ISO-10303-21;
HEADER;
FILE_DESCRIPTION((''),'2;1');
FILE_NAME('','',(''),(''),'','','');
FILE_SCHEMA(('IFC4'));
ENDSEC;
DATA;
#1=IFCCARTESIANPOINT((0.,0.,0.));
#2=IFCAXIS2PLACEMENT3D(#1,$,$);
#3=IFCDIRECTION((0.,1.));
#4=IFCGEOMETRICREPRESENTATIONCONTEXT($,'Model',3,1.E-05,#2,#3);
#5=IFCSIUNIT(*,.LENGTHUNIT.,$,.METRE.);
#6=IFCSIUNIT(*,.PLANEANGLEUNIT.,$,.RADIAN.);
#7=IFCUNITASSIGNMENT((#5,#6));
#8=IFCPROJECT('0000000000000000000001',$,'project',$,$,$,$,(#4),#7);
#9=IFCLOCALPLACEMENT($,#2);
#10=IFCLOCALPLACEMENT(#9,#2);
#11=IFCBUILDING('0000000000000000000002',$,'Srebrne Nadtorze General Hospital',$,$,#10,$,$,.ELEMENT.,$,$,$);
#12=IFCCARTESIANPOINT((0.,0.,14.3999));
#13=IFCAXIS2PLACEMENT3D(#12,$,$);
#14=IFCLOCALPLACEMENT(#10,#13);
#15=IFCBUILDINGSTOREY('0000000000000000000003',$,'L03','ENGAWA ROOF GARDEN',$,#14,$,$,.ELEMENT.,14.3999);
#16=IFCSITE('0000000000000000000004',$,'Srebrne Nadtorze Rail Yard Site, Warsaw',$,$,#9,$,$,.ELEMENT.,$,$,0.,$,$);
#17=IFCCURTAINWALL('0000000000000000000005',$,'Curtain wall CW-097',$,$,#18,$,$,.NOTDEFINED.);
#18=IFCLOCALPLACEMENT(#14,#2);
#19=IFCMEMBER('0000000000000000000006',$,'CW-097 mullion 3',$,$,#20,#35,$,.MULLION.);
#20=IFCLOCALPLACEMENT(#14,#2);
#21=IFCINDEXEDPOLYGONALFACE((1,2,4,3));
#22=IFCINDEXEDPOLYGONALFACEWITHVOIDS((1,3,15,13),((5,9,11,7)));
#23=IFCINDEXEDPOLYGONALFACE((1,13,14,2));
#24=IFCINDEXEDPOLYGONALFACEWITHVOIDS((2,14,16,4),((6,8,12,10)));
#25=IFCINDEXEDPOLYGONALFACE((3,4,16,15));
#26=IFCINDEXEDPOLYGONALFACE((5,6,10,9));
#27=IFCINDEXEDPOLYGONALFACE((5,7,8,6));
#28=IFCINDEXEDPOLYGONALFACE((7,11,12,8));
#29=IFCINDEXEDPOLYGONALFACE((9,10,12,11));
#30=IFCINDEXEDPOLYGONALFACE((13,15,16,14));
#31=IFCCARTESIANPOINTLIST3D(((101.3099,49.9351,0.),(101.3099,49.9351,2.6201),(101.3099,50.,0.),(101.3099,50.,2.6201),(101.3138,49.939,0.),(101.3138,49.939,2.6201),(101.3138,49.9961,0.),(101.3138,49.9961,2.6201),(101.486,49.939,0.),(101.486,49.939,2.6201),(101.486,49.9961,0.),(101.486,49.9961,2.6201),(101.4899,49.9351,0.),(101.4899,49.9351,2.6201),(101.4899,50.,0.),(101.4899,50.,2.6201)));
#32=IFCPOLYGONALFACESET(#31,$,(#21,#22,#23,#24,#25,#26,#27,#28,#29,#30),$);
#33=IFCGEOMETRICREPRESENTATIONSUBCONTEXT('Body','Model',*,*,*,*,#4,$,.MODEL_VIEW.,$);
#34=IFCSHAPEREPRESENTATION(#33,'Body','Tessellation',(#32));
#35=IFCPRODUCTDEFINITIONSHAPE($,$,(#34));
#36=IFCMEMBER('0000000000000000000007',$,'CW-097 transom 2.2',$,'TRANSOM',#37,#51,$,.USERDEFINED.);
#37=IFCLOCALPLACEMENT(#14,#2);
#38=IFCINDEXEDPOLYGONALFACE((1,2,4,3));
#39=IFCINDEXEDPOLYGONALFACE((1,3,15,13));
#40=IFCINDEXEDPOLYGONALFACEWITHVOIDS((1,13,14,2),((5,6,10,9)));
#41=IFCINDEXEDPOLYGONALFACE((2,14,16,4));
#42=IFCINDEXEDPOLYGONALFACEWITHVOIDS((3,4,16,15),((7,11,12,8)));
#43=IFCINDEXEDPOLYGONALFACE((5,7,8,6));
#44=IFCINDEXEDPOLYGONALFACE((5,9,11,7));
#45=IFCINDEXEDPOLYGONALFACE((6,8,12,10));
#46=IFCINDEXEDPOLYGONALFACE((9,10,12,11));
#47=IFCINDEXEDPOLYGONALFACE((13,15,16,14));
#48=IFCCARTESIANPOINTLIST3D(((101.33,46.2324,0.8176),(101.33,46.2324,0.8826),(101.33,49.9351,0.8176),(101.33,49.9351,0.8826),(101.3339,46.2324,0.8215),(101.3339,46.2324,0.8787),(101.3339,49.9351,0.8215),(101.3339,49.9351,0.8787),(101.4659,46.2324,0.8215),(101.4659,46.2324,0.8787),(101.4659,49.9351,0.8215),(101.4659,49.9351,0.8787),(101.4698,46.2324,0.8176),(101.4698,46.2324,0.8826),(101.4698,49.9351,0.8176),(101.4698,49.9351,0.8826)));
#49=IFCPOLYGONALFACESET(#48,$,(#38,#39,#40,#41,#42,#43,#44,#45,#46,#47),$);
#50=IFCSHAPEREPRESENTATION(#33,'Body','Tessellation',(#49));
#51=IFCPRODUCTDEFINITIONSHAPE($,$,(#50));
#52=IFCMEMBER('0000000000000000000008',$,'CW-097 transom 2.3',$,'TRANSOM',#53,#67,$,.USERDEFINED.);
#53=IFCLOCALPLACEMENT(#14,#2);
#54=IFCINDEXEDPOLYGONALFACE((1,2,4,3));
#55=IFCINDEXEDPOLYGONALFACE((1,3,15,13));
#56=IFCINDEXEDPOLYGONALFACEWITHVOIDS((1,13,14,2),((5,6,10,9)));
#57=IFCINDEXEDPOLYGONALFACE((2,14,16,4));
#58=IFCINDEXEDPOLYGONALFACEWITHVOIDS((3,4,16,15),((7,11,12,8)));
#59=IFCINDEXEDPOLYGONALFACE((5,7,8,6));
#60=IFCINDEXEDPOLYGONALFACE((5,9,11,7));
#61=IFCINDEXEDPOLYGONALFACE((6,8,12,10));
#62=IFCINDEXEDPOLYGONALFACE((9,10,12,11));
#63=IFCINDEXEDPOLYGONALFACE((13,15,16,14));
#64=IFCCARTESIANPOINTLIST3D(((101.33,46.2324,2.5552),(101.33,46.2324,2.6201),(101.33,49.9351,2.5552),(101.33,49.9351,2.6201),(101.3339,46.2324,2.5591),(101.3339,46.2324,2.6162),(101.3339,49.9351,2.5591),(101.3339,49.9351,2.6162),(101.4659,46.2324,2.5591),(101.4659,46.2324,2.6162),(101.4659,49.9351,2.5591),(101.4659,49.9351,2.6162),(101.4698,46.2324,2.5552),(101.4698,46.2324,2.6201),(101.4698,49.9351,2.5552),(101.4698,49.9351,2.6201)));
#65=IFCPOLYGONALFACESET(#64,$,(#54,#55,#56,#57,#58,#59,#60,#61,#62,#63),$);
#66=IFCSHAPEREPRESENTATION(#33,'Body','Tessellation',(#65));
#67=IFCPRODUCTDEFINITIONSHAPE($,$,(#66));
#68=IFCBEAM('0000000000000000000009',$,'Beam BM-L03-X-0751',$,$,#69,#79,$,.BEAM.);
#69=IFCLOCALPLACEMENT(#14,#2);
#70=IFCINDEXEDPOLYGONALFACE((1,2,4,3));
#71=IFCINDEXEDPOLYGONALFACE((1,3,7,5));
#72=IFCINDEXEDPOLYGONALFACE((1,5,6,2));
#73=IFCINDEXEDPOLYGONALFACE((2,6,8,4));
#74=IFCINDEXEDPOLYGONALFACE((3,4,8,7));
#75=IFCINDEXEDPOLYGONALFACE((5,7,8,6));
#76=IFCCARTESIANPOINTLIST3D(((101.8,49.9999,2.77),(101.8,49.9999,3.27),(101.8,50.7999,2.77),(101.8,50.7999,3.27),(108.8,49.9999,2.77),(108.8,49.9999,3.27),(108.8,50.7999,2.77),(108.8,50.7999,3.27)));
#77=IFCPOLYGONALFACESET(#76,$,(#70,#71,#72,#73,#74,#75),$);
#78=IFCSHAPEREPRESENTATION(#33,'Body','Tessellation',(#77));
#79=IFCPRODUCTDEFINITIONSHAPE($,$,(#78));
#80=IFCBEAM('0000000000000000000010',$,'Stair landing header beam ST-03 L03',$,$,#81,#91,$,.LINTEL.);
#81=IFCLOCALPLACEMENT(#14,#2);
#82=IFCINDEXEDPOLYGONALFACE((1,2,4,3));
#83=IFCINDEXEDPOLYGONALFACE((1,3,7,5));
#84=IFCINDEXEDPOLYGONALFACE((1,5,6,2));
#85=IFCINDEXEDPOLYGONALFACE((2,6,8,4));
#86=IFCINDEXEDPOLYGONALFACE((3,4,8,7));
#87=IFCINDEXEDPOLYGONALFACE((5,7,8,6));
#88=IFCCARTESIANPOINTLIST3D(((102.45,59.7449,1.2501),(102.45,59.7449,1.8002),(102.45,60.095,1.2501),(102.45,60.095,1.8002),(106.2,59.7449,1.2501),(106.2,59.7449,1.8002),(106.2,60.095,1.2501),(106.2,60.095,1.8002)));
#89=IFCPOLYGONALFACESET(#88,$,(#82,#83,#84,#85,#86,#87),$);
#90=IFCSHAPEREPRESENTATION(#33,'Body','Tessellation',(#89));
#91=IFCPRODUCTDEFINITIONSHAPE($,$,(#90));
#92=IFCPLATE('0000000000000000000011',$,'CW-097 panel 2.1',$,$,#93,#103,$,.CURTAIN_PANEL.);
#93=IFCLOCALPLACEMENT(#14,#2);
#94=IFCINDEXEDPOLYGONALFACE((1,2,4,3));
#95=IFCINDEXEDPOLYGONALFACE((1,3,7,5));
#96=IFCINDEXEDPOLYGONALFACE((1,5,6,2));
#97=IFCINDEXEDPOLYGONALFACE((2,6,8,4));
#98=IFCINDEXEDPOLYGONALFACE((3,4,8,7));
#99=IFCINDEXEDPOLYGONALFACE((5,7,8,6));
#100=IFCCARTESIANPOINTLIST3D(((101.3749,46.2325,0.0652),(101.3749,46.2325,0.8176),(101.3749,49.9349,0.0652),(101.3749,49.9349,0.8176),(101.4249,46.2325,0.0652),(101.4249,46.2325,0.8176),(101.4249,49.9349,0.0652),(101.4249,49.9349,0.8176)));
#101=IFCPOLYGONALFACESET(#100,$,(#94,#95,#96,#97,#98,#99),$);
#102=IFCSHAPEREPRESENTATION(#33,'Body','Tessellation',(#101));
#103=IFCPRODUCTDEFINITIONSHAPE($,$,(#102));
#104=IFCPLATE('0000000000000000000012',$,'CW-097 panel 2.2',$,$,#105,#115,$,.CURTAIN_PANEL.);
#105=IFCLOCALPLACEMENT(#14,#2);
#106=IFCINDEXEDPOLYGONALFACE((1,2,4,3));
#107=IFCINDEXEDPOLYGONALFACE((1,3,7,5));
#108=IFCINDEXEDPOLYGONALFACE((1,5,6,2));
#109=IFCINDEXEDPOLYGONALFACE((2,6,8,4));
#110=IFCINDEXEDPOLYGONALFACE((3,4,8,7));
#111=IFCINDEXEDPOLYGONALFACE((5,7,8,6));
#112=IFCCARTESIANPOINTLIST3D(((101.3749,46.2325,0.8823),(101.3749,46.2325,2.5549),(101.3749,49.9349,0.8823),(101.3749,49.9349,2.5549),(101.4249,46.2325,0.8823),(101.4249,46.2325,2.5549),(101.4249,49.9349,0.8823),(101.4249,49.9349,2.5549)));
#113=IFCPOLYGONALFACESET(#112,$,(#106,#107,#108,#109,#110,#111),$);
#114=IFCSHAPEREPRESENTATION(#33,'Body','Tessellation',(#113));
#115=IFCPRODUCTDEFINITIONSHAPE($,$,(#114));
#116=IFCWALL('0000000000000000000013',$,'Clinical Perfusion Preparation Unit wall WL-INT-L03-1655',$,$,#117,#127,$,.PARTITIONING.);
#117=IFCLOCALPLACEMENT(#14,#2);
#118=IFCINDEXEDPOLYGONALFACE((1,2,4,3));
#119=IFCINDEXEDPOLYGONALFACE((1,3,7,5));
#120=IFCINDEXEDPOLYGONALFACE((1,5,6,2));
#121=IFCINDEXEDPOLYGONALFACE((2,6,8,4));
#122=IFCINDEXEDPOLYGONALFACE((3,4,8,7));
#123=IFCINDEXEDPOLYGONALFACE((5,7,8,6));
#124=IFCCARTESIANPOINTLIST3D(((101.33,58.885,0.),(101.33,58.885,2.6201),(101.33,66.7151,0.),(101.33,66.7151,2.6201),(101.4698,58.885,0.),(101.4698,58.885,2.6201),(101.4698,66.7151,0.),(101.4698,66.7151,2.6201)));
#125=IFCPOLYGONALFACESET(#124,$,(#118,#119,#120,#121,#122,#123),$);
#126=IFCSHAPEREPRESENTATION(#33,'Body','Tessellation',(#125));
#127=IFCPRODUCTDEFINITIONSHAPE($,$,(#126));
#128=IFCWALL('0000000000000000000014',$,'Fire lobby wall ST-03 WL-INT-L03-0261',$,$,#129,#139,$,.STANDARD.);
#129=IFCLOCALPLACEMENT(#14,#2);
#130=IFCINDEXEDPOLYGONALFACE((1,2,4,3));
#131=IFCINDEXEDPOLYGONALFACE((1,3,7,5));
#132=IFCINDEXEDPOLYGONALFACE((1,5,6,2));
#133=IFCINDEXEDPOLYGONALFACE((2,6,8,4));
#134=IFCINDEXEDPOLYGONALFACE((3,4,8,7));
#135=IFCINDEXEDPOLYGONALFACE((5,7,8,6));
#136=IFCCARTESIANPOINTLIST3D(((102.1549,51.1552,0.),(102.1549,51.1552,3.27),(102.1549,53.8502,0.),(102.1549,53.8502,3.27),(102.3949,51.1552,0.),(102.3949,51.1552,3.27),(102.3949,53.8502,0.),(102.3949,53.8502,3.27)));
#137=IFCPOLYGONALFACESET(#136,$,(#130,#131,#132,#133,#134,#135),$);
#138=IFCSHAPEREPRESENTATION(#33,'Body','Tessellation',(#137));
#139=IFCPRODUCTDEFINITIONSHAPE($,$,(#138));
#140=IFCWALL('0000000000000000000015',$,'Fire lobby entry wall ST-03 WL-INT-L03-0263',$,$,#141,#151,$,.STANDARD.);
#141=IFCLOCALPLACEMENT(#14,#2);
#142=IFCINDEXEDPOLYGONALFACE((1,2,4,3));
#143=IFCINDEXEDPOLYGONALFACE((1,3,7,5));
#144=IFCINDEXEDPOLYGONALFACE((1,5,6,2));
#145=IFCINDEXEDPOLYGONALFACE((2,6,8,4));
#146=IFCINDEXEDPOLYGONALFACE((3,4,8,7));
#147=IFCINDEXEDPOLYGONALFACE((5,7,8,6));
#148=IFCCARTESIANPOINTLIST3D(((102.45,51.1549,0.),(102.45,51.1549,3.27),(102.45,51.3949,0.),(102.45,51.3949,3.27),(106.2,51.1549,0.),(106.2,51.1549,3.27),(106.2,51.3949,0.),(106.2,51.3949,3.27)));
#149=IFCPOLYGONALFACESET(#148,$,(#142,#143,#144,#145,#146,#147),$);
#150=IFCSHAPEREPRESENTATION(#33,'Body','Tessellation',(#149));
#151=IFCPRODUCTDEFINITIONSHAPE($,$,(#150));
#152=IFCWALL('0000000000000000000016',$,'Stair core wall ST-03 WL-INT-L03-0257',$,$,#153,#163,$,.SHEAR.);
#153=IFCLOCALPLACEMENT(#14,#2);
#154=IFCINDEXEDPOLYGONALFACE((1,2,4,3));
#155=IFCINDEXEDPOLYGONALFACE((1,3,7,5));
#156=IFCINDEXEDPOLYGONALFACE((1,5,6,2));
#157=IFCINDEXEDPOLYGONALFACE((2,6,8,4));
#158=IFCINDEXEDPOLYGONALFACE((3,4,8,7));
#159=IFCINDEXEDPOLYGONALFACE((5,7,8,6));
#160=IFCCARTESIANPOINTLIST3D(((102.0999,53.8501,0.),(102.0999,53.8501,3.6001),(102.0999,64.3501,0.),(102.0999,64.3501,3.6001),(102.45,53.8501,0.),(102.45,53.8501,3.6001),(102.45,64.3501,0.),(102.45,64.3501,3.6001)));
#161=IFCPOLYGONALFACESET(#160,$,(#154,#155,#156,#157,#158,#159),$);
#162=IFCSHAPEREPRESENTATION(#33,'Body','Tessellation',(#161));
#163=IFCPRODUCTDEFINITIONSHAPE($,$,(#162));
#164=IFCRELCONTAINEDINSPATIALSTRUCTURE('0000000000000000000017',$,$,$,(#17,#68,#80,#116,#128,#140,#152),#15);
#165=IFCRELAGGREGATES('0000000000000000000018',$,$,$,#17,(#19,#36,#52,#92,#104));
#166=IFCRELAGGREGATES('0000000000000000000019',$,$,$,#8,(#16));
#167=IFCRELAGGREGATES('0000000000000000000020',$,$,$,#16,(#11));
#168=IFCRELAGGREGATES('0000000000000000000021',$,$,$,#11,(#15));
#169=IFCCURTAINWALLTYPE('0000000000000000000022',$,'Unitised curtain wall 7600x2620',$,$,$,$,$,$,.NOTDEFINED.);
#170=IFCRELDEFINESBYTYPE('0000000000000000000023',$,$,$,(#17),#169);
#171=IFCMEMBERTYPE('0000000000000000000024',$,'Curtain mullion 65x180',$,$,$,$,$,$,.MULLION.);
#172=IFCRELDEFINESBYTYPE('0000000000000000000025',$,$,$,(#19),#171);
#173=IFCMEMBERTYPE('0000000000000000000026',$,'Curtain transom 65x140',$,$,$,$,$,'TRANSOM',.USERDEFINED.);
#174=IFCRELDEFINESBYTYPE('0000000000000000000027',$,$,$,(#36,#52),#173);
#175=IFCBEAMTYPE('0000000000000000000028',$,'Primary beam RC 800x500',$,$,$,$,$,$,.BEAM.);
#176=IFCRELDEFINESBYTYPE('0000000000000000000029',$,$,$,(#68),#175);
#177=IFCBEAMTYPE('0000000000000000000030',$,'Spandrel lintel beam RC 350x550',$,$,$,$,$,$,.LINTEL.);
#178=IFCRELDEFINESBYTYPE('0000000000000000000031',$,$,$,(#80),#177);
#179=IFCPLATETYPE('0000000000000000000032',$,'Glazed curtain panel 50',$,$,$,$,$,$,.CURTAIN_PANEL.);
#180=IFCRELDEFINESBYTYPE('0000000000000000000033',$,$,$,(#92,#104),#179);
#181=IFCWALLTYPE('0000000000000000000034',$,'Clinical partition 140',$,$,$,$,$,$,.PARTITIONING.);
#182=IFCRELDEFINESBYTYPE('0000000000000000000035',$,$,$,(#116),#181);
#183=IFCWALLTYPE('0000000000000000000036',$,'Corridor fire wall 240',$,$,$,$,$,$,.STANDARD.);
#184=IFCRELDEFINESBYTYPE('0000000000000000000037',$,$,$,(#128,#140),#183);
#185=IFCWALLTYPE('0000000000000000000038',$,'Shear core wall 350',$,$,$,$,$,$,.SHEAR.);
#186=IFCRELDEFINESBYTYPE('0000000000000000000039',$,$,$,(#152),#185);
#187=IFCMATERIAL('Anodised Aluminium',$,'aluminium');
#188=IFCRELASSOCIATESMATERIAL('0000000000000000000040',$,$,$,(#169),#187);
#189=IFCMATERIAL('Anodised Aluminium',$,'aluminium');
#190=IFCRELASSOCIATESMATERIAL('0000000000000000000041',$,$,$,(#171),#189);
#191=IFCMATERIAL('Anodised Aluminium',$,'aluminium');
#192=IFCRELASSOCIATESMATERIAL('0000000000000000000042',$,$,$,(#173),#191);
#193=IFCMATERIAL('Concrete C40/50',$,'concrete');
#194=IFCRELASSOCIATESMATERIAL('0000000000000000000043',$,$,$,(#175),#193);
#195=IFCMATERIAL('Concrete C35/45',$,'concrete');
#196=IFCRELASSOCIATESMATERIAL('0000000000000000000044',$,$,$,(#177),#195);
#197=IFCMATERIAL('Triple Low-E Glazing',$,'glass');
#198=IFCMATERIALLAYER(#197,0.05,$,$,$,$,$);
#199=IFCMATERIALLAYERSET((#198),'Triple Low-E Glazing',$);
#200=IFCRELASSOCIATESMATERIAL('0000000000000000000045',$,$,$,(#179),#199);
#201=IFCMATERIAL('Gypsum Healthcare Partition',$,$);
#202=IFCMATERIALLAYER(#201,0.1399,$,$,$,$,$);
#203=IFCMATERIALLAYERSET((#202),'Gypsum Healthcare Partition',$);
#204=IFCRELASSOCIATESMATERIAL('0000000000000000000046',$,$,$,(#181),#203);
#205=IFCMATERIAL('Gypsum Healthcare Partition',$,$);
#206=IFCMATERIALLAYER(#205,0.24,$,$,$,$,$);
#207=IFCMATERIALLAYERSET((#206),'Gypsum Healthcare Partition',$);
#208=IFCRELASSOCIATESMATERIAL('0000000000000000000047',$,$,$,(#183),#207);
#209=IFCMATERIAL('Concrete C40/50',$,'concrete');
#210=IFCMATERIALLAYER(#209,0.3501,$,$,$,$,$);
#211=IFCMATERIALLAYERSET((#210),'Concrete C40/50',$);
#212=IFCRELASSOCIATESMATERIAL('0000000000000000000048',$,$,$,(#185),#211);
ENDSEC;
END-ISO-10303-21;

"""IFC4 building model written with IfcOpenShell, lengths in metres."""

from ifc_helpers import new_model, si_unit, direction, frame, frame_2d, origin, origin_2d, place, context, subcontext, project, spatial, rectangle, hollow_rectangle, extrude, material, layer, layer_set, material_profile, profile_set, type_object, element, aggregate, save


model = new_model("IFC4")

# Units and contexts
model_context = context("Model", 3, precision=1e-05, world=origin(), true_north=direction((0.0, 1.0)))
body_context = subcontext(model_context, "Body", "Model", "MODEL_VIEW")
ifc_project = project(units=[si_unit("LENGTHUNIT", "METRE"), si_unit("PLANEANGLEUNIT", "RADIAN")], contexts=[model_context])

# Site, building, storey
site_placement = place(None, origin())
site = spatial("IfcSite", under=ifc_project, at=site_placement, Name="Srebrne Nadtorze Rail Yard Site, Warsaw", CompositionType="ELEMENT", RefElevation=0.0)
building_placement = place(site_placement, origin())
building = spatial("IfcBuilding", under=site, at=building_placement, Name="Srebrne Nadtorze General Hospital", CompositionType="ELEMENT")
storey_placement = place(building_placement, frame((0.0, 0.0, 14.3999)))
storey = spatial("IfcBuildingStorey", under=building, at=storey_placement, Name="L03", Description="ENGAWA ROOF GARDEN", CompositionType="ELEMENT", Elevation=14.3999)

# Curtain wall, members
ifc_material_1 = material(Name="Anodised Aluminium", Category="aluminium")
curtain_wall_type = type_object("IfcCurtainWallType", Name="Unitised curtain wall 7600x2620", PredefinedType="NOTDEFINED", material=ifc_material_1)
curtain_wall_placement = place(storey_placement, origin())
curtain_wall = element("IfcCurtainWall", 1, at=curtain_wall_placement, inside=storey, type_object=curtain_wall_type, Name="Curtain wall CW-097", PredefinedType="NOTDEFINED")
ifc_material_2 = material(Name="Anodised Aluminium", Category="aluminium")
ifc_material_profile_1 = material_profile(ifc_material_2, hollow_rectangle(XDim=0.0649, YDim=0.1799, WallThickness=0.0039, at=origin_2d()), Name="AL-MUL-65x180")
ifc_profile_set_1 = profile_set([ifc_material_profile_1], Name="Anodised Aluminium")
member_type_1 = type_object("IfcMemberType", Name="Curtain mullion 65x180", PredefinedType="MULLION", material=ifc_profile_set_1)
member_1_placement = place(storey_placement, frame((101.3999, 49.9675, 0.0), z_axis=(0.0, 0.0, 1.0), x_axis=(0.0, 1.0, 0.0)))
member_1 = element("IfcMember", 2, at=member_1_placement, type_object=member_type_1, Name="CW-097 mullion 3", PredefinedType="MULLION", context=body_context, shape_type="SweptSolid", body=[
    extrude(hollow_rectangle(XDim=0.0649, YDim=0.1799, WallThickness=0.0039, at=origin_2d()), origin(), (0.0, 0.0, 1.0), 2.6201),
])
ifc_material_3 = material(Name="Anodised Aluminium", Category="aluminium")
ifc_material_profile_2 = material_profile(ifc_material_3, hollow_rectangle(XDim=0.0649, YDim=0.1399, WallThickness=0.0039, at=origin_2d()), Name="AL-TRN-65x140")
ifc_profile_set_2 = profile_set([ifc_material_profile_2], Name="Anodised Aluminium")
member_type_2 = type_object("IfcMemberType", Name="Curtain transom 65x140", ElementType="TRANSOM", PredefinedType="USERDEFINED", material=ifc_profile_set_2)
member_2_placement = place(storey_placement, frame((101.3999, 46.2324, 0.8501), z_axis=(0.0, 1.0, 0.0), x_axis=(0.0, 0.0, 1.0)))
member_2 = element("IfcMember", 3, at=member_2_placement, type_object=member_type_2, Name="CW-097 transom 2.2", ObjectType="TRANSOM", PredefinedType="USERDEFINED", context=body_context, shape_type="SweptSolid", body=[
    extrude(hollow_rectangle(XDim=0.0649, YDim=0.1399, WallThickness=0.0039, at=origin_2d()), origin(), (0.0, 0.0, 1.0), 3.7026),
])
member_3_placement = place(storey_placement, frame((101.3999, 46.2324, 2.5876), z_axis=(0.0, 1.0, 0.0), x_axis=(0.0, 0.0, 1.0)))
member_3 = element("IfcMember", 4, at=member_3_placement, type_object=member_type_2, Name="CW-097 transom 2.3", ObjectType="TRANSOM", PredefinedType="USERDEFINED", context=body_context, shape_type="SweptSolid", body=[
    extrude(hollow_rectangle(XDim=0.0649, YDim=0.1399, WallThickness=0.0039, at=origin_2d()), origin(), (0.0, 0.0, 1.0), 3.7026),
])

# Beams
ifc_material_4 = material(Name="Concrete C40/50", Category="concrete")
ifc_material_profile_3 = material_profile(ifc_material_4, rectangle(XDim=0.8, YDim=0.5, at=origin_2d()), Name="RC-BM-800x500")
ifc_profile_set_3 = profile_set([ifc_material_profile_3], Name="Concrete C40/50")
beam_type_1 = type_object("IfcBeamType", Name="Primary beam RC 800x500", PredefinedType="BEAM", material=ifc_profile_set_3)
beam_1_placement = place(storey_placement, frame((101.8, 50.3999, 3.02), z_axis=(1.0, 0.0, 0.0), x_axis=(0.0, 1.0, 0.0)))
element("IfcBeam", 5, at=beam_1_placement, inside=storey, type_object=beam_type_1, Name="Beam BM-L03-X-0751", PredefinedType="BEAM", context=body_context, shape_type="SweptSolid", body=[
    extrude(rectangle(XDim=0.8, YDim=0.5, at=origin_2d()), origin(), (0.0, 0.0, 1.0), 7.0),
])
ifc_material_5 = material(Name="Concrete C35/45", Category="concrete")
ifc_material_profile_4 = material_profile(ifc_material_5, rectangle(XDim=0.3501, YDim=0.55, at=origin_2d()), Name="RC-BM-350x550")
ifc_profile_set_4 = profile_set([ifc_material_profile_4], Name="Concrete C35/45")
beam_type_2 = type_object("IfcBeamType", Name="Spandrel lintel beam RC 350x550", PredefinedType="LINTEL", material=ifc_profile_set_4)
beam_2_placement = place(storey_placement, frame((102.45, 59.9199, 1.5251), z_axis=(1.0, 0.0, 0.0), x_axis=(0.0, 1.0, 0.0)))
element("IfcBeam", 6, at=beam_2_placement, inside=storey, type_object=beam_type_2, Name="Stair landing header beam ST-03 L03", PredefinedType="LINTEL", context=body_context, shape_type="SweptSolid", body=[
    extrude(rectangle(XDim=0.3501, YDim=0.55, at=origin_2d()), origin(), (0.0, 0.0, 1.0), 3.75),
])

# Plates
ifc_material_6 = material(Name="Triple Low-E Glazing", Category="glass")
ifc_layer_1 = layer(ifc_material_6, 0.05)
ifc_layer_set_1 = layer_set([ifc_layer_1], Name="Triple Low-E Glazing")
plate_type = type_object("IfcPlateType", Name="Glazed curtain panel 50", PredefinedType="CURTAIN_PANEL", material=ifc_layer_set_1)
plate_1_placement = place(storey_placement, frame((101.3999, 48.0837, 0.0652), z_axis=(0.0, 0.0, 1.0), x_axis=(0.0, 1.0, 0.0)))
plate_1 = element("IfcPlate", 7, at=plate_1_placement, type_object=plate_type, Name="CW-097 panel 2.1", PredefinedType="CURTAIN_PANEL", context=body_context, shape_type="SweptSolid", body=[
    extrude(rectangle(XDim=3.7024, YDim=0.05, at=origin_2d()), origin(), (0.0, 0.0, 1.0), 0.7524),
])
plate_2_placement = place(storey_placement, frame((101.3999, 48.0837, 0.8823), z_axis=(0.0, 0.0, 1.0), x_axis=(0.0, 1.0, 0.0)))
plate_2 = element("IfcPlate", 8, at=plate_2_placement, type_object=plate_type, Name="CW-097 panel 2.2", PredefinedType="CURTAIN_PANEL", context=body_context, shape_type="SweptSolid", body=[
    extrude(rectangle(XDim=3.7024, YDim=0.05, at=origin_2d()), origin(), (0.0, 0.0, 1.0), 1.6726),
])
aggregate(curtain_wall, [member_1, member_2, member_3, plate_1, plate_2])

# Walls
ifc_material_7 = material(Name="Gypsum Healthcare Partition")
ifc_layer_2 = layer(ifc_material_7, 0.1399)
ifc_layer_set_2 = layer_set([ifc_layer_2], Name="Gypsum Healthcare Partition")
wall_type_1 = type_object("IfcWallType", Name="Clinical partition 140", PredefinedType="PARTITIONING", material=ifc_layer_set_2)
wall_1_placement = place(storey_placement, frame((101.3999, 58.885, 0.0), z_axis=(0.0, 0.0, 1.0), x_axis=(0.0, 1.0, 0.0)))
element("IfcWall", 9, at=wall_1_placement, inside=storey, type_object=wall_type_1, Name="Clinical Perfusion Preparation Unit wall WL-INT-L03-1655", PredefinedType="PARTITIONING", context=body_context, shape_type="SweptSolid", body=[
    extrude(rectangle(XDim=7.8301, YDim=0.1399, at=frame_2d((3.915, 0.0))), origin(), (0.0, 0.0, 1.0), 2.6201),
])
ifc_material_8 = material(Name="Gypsum Healthcare Partition")
ifc_layer_3 = layer(ifc_material_8, 0.24)
ifc_layer_set_3 = layer_set([ifc_layer_3], Name="Gypsum Healthcare Partition")
wall_type_2 = type_object("IfcWallType", Name="Corridor fire wall 240", PredefinedType="STANDARD", material=ifc_layer_set_3)
wall_2_placement = place(storey_placement, frame((102.2749, 51.155, 0.0), z_axis=(0.0, 0.0, 1.0), x_axis=(0.0, 1.0, 0.0)))
element("IfcWall", 10, at=wall_2_placement, inside=storey, type_object=wall_type_2, Name="Fire lobby wall ST-03 WL-INT-L03-0261", PredefinedType="STANDARD", context=body_context, shape_type="SweptSolid", body=[
    extrude(rectangle(XDim=2.6951, YDim=0.24, at=frame_2d((1.3477, 0.0))), origin(), (0.0, 0.0, 1.0), 3.27),
])
wall_3_placement = place(storey_placement, frame((102.45, 51.2749, 0.0), z_axis=(0.0, 0.0, 1.0), x_axis=(1.0, 0.0, 0.0)))
element("IfcWall", 11, at=wall_3_placement, inside=storey, type_object=wall_type_2, Name="Fire lobby entry wall ST-03 WL-INT-L03-0263", PredefinedType="STANDARD", context=body_context, shape_type="SweptSolid", body=[
    extrude(rectangle(XDim=3.75, YDim=0.24, at=frame_2d((1.875, 0.0))), origin(), (0.0, 0.0, 1.0), 3.27),
])
ifc_material_9 = material(Name="Concrete C40/50", Category="concrete")
ifc_layer_4 = layer(ifc_material_9, 0.3501)
ifc_layer_set_4 = layer_set([ifc_layer_4], Name="Concrete C40/50")
wall_type_3 = type_object("IfcWallType", Name="Shear core wall 350", PredefinedType="SHEAR", material=ifc_layer_set_4)
wall_4_placement = place(storey_placement, frame((102.2749, 53.8501, 0.0), z_axis=(0.0, 0.0, 1.0), x_axis=(0.0, 1.0, 0.0)))
element("IfcWall", 12, at=wall_4_placement, inside=storey, type_object=wall_type_3, Name="Stair core wall ST-03 WL-INT-L03-0257", PredefinedType="SHEAR", context=body_context, shape_type="SweptSolid", body=[
    extrude(rectangle(XDim=10.5, YDim=0.3501, at=frame_2d((5.25, 0.0))), origin(), (0.0, 0.0, 1.0), 3.6001),
])

save(model, "model.ifc")
